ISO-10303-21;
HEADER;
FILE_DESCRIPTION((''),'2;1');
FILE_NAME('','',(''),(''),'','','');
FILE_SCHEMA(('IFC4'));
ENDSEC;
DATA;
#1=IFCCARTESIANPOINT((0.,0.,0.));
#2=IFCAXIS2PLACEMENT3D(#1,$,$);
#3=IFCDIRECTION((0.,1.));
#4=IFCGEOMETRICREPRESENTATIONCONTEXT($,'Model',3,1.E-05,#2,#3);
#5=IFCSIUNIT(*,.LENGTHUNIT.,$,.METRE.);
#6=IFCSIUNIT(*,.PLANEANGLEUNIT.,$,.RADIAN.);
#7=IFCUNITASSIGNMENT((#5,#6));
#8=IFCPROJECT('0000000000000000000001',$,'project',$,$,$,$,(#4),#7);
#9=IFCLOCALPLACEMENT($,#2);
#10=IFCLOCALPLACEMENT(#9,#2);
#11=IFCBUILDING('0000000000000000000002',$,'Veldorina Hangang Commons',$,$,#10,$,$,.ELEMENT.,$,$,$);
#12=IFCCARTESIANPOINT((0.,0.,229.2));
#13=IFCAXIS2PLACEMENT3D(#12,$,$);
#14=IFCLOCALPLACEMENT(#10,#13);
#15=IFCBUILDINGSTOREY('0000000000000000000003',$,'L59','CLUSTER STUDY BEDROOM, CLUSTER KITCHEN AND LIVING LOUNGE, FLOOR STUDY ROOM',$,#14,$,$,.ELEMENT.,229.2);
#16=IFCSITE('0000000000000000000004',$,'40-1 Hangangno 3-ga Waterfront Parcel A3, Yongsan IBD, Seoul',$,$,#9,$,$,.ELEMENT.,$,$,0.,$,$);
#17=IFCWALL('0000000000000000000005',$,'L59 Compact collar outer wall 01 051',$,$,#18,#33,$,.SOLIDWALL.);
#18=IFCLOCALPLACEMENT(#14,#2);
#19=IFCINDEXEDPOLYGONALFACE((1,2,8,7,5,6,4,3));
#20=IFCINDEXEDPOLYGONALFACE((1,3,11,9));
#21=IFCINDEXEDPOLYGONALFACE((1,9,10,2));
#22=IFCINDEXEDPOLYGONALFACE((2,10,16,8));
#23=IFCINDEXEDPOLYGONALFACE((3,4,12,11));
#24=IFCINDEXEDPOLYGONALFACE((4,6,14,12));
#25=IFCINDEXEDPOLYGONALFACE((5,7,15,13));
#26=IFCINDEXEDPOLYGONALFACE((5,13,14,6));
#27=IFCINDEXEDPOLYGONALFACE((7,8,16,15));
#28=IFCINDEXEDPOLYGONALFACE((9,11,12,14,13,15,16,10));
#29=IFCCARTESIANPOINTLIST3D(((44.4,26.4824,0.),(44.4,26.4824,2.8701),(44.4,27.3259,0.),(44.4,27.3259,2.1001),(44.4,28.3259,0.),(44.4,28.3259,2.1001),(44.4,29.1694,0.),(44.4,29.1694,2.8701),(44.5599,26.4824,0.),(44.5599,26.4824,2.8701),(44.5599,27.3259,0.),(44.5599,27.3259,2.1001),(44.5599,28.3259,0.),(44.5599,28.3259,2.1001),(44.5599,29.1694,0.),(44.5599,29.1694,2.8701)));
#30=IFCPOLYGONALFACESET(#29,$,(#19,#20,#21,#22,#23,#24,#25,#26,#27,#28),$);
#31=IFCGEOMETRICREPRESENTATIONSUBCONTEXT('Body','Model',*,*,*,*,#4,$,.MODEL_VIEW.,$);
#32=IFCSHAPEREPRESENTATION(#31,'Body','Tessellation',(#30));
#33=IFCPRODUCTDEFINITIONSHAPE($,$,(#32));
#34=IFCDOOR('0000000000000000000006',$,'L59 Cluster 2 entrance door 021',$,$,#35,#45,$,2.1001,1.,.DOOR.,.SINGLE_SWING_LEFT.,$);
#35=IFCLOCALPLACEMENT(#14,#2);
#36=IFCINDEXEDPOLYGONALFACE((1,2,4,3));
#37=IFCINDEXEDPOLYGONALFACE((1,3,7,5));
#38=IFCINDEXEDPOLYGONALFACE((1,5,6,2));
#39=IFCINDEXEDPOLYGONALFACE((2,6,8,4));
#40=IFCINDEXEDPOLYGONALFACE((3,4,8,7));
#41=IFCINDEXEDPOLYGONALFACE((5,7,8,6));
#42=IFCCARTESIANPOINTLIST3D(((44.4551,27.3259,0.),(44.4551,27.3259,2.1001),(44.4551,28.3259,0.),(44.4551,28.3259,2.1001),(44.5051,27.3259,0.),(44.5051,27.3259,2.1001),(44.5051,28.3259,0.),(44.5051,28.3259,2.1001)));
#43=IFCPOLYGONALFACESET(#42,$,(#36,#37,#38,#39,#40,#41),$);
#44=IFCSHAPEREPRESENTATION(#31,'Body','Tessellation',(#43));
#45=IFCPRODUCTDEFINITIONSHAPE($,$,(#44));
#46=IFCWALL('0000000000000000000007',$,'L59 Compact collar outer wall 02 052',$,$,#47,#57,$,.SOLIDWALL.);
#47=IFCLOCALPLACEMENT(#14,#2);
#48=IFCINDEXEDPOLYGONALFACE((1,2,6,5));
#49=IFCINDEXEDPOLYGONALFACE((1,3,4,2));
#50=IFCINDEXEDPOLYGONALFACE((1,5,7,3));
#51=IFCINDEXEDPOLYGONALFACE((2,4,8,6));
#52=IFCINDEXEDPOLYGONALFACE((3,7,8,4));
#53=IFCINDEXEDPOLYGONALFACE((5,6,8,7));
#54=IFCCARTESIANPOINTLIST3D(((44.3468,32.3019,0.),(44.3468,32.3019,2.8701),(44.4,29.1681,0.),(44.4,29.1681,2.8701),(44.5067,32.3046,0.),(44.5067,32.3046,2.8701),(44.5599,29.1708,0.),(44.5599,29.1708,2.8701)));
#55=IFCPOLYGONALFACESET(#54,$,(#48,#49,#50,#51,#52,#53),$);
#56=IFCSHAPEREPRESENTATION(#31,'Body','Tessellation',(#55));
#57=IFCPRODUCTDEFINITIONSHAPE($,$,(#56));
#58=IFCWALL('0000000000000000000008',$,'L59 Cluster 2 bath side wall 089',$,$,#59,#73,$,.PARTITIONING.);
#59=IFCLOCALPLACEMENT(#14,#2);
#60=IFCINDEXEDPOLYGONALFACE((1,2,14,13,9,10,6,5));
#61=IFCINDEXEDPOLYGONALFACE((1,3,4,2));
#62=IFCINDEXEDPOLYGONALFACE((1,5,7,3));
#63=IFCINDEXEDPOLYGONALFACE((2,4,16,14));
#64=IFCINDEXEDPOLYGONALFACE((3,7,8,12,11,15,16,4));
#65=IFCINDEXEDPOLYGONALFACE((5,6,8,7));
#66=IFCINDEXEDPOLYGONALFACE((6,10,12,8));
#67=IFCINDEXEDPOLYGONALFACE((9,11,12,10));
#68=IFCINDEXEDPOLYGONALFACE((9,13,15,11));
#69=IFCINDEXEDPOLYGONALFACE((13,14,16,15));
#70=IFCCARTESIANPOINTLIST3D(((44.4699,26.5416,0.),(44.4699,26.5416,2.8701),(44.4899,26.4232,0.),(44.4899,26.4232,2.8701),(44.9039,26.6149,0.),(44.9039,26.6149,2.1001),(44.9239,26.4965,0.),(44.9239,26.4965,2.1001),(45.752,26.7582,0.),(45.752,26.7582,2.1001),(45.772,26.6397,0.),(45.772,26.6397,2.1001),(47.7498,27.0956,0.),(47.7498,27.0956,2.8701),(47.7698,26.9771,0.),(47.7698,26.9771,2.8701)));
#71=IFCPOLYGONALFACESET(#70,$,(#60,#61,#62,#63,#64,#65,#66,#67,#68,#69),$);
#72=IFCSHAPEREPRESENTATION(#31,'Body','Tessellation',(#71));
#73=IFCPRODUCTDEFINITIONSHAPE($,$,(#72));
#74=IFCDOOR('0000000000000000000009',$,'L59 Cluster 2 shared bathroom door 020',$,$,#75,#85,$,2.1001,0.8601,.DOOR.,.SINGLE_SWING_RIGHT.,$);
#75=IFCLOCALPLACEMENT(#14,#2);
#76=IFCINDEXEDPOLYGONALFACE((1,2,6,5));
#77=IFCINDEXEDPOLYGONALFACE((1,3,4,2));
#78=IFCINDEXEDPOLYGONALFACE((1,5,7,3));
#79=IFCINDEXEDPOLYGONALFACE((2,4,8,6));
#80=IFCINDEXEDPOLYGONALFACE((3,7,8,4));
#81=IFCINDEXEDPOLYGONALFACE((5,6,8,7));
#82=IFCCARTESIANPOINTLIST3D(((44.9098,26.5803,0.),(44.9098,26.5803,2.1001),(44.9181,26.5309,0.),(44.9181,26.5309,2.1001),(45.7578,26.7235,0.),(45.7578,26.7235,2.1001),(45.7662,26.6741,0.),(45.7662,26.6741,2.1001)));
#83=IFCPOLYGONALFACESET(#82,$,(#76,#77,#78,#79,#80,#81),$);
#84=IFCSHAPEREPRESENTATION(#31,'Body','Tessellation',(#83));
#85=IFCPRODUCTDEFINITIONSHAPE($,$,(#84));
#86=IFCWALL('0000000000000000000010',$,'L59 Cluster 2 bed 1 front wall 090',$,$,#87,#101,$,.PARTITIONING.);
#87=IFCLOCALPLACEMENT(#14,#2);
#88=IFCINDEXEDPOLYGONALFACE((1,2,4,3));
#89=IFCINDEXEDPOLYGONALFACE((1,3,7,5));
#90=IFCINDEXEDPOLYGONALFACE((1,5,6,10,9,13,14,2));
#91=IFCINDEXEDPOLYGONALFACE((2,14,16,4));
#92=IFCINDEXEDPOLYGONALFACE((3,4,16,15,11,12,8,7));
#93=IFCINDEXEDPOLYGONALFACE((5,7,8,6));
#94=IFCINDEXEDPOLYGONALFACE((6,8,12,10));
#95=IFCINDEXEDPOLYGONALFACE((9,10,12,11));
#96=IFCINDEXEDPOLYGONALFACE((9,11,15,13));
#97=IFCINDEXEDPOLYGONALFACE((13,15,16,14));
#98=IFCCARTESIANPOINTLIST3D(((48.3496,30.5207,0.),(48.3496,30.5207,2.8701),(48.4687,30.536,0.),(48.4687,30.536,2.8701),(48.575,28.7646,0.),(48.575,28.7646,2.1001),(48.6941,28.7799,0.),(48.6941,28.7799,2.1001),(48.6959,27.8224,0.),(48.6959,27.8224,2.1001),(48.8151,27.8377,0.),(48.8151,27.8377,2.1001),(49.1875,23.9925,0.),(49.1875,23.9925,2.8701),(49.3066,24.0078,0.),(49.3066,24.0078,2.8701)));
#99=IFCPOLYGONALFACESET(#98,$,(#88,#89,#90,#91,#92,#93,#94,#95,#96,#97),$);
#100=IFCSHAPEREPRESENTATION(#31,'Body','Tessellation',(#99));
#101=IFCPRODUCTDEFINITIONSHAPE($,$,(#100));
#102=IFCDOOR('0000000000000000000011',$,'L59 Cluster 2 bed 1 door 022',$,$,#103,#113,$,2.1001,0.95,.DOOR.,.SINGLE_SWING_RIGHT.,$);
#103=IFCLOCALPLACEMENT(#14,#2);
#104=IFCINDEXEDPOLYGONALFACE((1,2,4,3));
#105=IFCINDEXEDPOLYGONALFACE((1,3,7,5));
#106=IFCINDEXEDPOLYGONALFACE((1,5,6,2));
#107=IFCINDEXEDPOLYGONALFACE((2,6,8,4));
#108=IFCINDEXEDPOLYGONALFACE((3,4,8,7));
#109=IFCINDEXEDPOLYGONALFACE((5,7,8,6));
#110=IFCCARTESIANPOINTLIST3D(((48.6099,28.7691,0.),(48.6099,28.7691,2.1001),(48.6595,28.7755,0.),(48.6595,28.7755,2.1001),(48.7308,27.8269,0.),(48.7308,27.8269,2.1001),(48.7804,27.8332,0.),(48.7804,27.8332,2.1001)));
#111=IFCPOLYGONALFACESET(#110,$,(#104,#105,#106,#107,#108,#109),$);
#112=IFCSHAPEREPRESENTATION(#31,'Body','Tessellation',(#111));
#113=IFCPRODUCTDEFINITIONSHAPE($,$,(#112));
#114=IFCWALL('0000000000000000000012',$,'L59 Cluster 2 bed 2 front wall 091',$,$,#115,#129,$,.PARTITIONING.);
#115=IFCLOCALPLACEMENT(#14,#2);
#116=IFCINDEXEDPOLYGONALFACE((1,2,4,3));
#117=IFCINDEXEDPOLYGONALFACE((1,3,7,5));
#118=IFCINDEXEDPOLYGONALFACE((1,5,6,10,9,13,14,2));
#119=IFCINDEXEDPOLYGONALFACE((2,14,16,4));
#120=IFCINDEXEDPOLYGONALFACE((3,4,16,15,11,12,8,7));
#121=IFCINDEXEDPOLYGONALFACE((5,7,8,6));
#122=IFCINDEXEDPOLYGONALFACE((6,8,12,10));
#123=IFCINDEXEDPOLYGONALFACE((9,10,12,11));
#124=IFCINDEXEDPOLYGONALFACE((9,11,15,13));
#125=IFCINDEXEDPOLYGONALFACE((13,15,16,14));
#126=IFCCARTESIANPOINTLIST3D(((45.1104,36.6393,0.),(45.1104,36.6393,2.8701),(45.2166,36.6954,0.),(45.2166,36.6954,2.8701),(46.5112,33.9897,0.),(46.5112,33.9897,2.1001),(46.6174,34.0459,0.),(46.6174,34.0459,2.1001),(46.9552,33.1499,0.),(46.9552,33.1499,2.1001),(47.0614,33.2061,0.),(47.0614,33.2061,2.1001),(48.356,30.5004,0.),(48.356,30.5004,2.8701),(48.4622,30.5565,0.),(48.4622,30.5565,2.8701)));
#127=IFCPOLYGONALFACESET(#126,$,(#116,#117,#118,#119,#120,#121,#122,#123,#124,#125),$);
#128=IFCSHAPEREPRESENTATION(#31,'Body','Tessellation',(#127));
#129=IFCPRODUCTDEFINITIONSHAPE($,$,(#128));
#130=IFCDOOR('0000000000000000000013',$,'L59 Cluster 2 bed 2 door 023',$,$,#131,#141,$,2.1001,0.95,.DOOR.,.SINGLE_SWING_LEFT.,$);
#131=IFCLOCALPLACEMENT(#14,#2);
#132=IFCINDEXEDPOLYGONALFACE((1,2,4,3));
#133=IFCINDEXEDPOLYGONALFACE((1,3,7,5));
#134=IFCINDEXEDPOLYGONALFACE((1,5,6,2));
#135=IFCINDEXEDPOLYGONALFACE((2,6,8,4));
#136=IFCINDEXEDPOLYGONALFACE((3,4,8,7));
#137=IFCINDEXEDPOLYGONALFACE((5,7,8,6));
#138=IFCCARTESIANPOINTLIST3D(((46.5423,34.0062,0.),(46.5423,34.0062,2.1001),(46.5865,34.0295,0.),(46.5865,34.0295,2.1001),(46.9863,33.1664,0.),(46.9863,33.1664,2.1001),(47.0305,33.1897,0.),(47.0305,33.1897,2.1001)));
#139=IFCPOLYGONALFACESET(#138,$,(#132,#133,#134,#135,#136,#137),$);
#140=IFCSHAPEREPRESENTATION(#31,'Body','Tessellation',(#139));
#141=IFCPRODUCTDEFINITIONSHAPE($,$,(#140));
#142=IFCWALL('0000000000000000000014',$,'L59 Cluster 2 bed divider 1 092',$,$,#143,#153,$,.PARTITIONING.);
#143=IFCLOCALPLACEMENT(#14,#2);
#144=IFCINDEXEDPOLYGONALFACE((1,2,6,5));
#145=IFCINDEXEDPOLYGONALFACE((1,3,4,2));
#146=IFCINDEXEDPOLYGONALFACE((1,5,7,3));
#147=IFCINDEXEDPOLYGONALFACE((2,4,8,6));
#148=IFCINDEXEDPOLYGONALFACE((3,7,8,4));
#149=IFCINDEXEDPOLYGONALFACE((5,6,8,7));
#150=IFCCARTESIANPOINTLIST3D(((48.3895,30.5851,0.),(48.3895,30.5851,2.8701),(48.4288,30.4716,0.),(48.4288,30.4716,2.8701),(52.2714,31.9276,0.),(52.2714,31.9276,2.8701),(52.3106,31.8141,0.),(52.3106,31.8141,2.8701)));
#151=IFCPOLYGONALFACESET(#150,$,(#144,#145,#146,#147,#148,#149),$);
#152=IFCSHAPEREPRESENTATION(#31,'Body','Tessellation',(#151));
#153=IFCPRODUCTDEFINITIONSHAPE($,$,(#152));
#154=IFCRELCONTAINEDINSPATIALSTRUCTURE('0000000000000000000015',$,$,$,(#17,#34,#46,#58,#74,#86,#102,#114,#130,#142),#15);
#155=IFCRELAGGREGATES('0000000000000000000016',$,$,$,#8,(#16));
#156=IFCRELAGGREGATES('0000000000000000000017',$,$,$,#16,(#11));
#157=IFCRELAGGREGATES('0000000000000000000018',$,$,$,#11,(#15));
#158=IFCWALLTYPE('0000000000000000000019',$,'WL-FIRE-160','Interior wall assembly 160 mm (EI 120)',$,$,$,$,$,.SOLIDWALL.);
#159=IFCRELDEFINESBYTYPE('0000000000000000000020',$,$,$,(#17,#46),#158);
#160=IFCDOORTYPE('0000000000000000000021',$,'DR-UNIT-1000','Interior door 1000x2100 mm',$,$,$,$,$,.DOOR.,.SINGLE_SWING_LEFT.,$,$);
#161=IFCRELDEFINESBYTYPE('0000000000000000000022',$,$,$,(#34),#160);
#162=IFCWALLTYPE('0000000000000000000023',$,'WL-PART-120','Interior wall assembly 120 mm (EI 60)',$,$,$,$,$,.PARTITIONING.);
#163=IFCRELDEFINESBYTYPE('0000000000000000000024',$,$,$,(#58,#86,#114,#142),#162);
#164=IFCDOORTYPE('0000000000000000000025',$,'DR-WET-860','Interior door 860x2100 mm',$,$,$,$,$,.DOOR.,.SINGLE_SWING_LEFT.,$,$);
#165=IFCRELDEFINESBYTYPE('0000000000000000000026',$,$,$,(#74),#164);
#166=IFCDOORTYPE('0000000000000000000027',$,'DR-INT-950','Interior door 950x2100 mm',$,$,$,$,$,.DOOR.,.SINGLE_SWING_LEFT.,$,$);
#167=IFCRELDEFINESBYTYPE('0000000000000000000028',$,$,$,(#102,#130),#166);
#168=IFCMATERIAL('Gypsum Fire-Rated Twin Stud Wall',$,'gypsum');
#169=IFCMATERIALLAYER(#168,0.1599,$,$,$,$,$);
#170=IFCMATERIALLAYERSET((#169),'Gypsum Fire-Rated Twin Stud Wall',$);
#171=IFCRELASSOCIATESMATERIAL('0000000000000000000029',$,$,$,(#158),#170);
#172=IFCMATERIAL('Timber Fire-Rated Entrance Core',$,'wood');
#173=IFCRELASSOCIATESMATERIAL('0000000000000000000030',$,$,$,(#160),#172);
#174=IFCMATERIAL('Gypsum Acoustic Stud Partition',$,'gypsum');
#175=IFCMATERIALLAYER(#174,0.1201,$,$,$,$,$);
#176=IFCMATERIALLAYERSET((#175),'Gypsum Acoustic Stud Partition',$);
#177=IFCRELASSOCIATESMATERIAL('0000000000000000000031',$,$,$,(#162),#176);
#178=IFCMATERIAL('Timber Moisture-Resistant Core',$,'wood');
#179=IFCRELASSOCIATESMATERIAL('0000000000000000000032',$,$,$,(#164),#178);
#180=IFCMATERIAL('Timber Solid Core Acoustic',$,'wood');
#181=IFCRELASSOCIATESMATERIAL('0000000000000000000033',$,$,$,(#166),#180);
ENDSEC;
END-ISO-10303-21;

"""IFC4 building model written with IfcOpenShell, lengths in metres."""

from ifc_helpers import new_model, si_unit, direction, frame, frame_2d, origin, place, context, subcontext, project, spatial, rectangle, extrude, material, layer, layer_set, type_object, element, fill, save


model = new_model("IFC4")

# Units and contexts
model_context = context("Model", 3, precision=1e-05, world=origin(), true_north=direction((0.0, 1.0)))
body_context = subcontext(model_context, "Body", "Model", "MODEL_VIEW")
ifc_project = project(units=[si_unit("LENGTHUNIT", "METRE"), si_unit("PLANEANGLEUNIT", "RADIAN")], contexts=[model_context])

# Site, building, storey
site_placement = place(None, origin())
site = spatial("IfcSite", under=ifc_project, at=site_placement, Name="40-1 Hangangno 3-ga Waterfront Parcel A3, Yongsan IBD, Seoul", CompositionType="ELEMENT", RefElevation=0.0)
building_placement = place(site_placement, origin())
building = spatial("IfcBuilding", under=site, at=building_placement, Name="Veldorina Hangang Commons", CompositionType="ELEMENT")
storey_placement = place(building_placement, frame((0.0, 0.0, 229.2)))
storey = spatial("IfcBuildingStorey", under=building, at=storey_placement, Name="L59", Description="CLUSTER STUDY BEDROOM, CLUSTER KITCHEN AND LIVING LOUNGE, FLOOR STUDY ROOM", CompositionType="ELEMENT", Elevation=229.2)

# Wall, opening, door
ifc_material_1 = material(Name="Gypsum Fire-Rated Twin Stud Wall", Category="gypsum")
ifc_layer_1 = layer(ifc_material_1, 0.1599)
ifc_layer_set_1 = layer_set([ifc_layer_1], Name="Gypsum Fire-Rated Twin Stud Wall")
wall_type_1 = type_object("IfcWallType", Name="WL-FIRE-160", Description="Interior wall assembly 160 mm (EI 120)", PredefinedType="SOLIDWALL", material=ifc_layer_set_1)
wall_1_placement = place(storey_placement, frame((44.48, 26.4824, 0.0), z_axis=(0.0, 0.0, 1.0), x_axis=(0.0, 1.0, 0.0)))
wall_1 = element("IfcWall", 1, at=wall_1_placement, inside=storey, type_object=wall_type_1, Name="L59 Compact collar outer wall 01 051", PredefinedType="SOLIDWALL", context=body_context, shape_type="SweptSolid", body=[
    extrude(rectangle(XDim=2.687, YDim=0.1599, at=frame_2d((1.3435, 0.0))), origin(), (0.0, 0.0, 1.0), 2.8701),
])
opening_1_placement = place(wall_1_placement, frame((0.8435, 0.0, 0.0)))
opening_1 = element("IfcOpeningElement", 2, at=opening_1_placement, cuts=wall_1, PredefinedType="OPENING", context=body_context, shape_type="SweptSolid", body=[
    extrude(rectangle(XDim=1.0, YDim=2.1001, at=frame_2d((0.5, 1.05))), frame((0.0, 0.0898, 0.0), z_axis=(0.0, -1.0, 0.0), x_axis=(1.0, 0.0, 0.0)), (0.0, 0.0, 1.0), 0.1799),
])
ifc_material_2 = material(Name="Timber Fire-Rated Entrance Core", Category="wood")
door_type_1 = type_object("IfcDoorType", Name="DR-UNIT-1000", Description="Interior door 1000x2100 mm", OperationType="SINGLE_SWING_LEFT", PredefinedType="DOOR", material=ifc_material_2)
door_1_placement = place(opening_1_placement, origin())
door_1 = element("IfcDoor", 3, at=door_1_placement, inside=storey, type_object=door_type_1, Name="L59 Cluster 2 entrance door 021", OperationType="SINGLE_SWING_LEFT", OverallHeight=2.1001, OverallWidth=1.0, PredefinedType="DOOR", context=body_context, shape_type="SweptSolid", body=[
    extrude(rectangle(XDim=1.0, YDim=2.1001, at=frame_2d((0.5, 1.05))), frame((0.0, 0.0249, 0.0), z_axis=(0.0, -1.0, 0.0), x_axis=(1.0, 0.0, 0.0)), (0.0, 0.0, 1.0), 0.05),
])
fill(opening_1, door_1)

# Wall
wall_2_placement = place(storey_placement, frame((44.48, 29.1694, 0.0), z_axis=(0.0, 0.0, 1.0), x_axis=(-0.016981, 0.999856, 0.0)))
element("IfcWall", 4, at=wall_2_placement, inside=storey, type_object=wall_type_1, Name="L59 Compact collar outer wall 02 052", PredefinedType="SOLIDWALL", context=body_context, shape_type="SweptSolid", body=[
    extrude(rectangle(XDim=3.1343, YDim=0.1599, at=frame_2d((1.5671, 0.0))), origin(), (0.0, 0.0, 1.0), 2.8701),
])

# Walls, openings, doors
ifc_material_3 = material(Name="Gypsum Acoustic Stud Partition", Category="gypsum")
ifc_layer_2 = layer(ifc_material_3, 0.1201)
ifc_layer_set_2 = layer_set([ifc_layer_2], Name="Gypsum Acoustic Stud Partition")
wall_type_2 = type_object("IfcWallType", Name="WL-PART-120", Description="Interior wall assembly 120 mm (EI 60)", PredefinedType="PARTITIONING", material=ifc_layer_set_2)
wall_3_placement = place(storey_placement, frame((44.48, 26.4824, 0.0), z_axis=(0.0, 0.0, 1.0), x_axis=(0.986037, 0.166529, 0.0)))
wall_3 = element("IfcWall", 5, at=wall_3_placement, inside=storey, type_object=wall_type_2, Name="L59 Cluster 2 bath side wall 089", PredefinedType="PARTITIONING", context=body_context, shape_type="SweptSolid", body=[
    extrude(rectangle(XDim=3.3264, YDim=0.1201, at=frame_2d((1.6631, 0.0))), origin(), (0.0, 0.0, 1.0), 2.8701),
])
opening_2_placement = place(wall_3_placement, frame((0.4399, 0.0, 0.0)))
opening_2 = element("IfcOpeningElement", 6, at=opening_2_placement, cuts=wall_3, PredefinedType="OPENING", context=body_context, shape_type="SweptSolid", body=[
    extrude(rectangle(XDim=0.8601, YDim=2.1001, at=frame_2d((0.4302, 1.05))), frame((0.0, 0.0701, 0.0), z_axis=(0.0, -1.0, 0.0), x_axis=(1.0, 0.0, 0.0)), (0.0, 0.0, 1.0), 0.1401),
])
ifc_material_4 = material(Name="Timber Moisture-Resistant Core", Category="wood")
door_type_2 = type_object("IfcDoorType", Name="DR-WET-860", Description="Interior door 860x2100 mm", OperationType="SINGLE_SWING_LEFT", PredefinedType="DOOR", material=ifc_material_4)
door_2_placement = place(opening_2_placement, origin())
door_2 = element("IfcDoor", 7, at=door_2_placement, inside=storey, type_object=door_type_2, Name="L59 Cluster 2 shared bathroom door 020", OperationType="SINGLE_SWING_RIGHT", OverallHeight=2.1001, OverallWidth=0.8601, PredefinedType="DOOR", context=body_context, shape_type="SweptSolid", body=[
    extrude(rectangle(XDim=0.8601, YDim=2.1001, at=frame_2d((0.4302, 1.05))), frame((0.0, 0.0249, 0.0), z_axis=(0.0, -1.0, 0.0), x_axis=(1.0, 0.0, 0.0)), (0.0, 0.0, 1.0), 0.05),
])
fill(opening_2, door_2)
wall_4_placement = place(storey_placement, frame((49.2471, 24.0, 0.0), z_axis=(0.0, 0.0, 1.0), x_axis=(-0.127303, 0.991864, 0.0)))
wall_4 = element("IfcWall", 8, at=wall_4_placement, inside=storey, type_object=wall_type_2, Name="L59 Cluster 2 bed 1 front wall 090", PredefinedType="PARTITIONING", context=body_context, shape_type="SweptSolid", body=[
    extrude(rectangle(XDim=6.5818, YDim=0.1201, at=frame_2d((3.291, 0.0))), origin(), (0.0, 0.0, 1.0), 2.8701),
])
opening_3_placement = place(wall_4_placement, frame((3.8613, 0.0, 0.0)))
opening_3 = element("IfcOpeningElement", 9, at=opening_3_placement, cuts=wall_4, PredefinedType="OPENING", context=body_context, shape_type="SweptSolid", body=[
    extrude(rectangle(XDim=0.95, YDim=2.1001, at=frame_2d((0.4751, 1.05))), frame((0.0, 0.0701, 0.0), z_axis=(0.0, -1.0, 0.0), x_axis=(1.0, 0.0, 0.0)), (0.0, 0.0, 1.0), 0.1401),
])
ifc_material_5 = material(Name="Timber Solid Core Acoustic", Category="wood")
door_type_3 = type_object("IfcDoorType", Name="DR-INT-950", Description="Interior door 950x2100 mm", OperationType="SINGLE_SWING_LEFT", PredefinedType="DOOR", material=ifc_material_5)
door_3_placement = place(opening_3_placement, origin())
door_3 = element("IfcDoor", 10, at=door_3_placement, inside=storey, type_object=door_type_3, Name="L59 Cluster 2 bed 1 door 022", OperationType="SINGLE_SWING_RIGHT", OverallHeight=2.1001, OverallWidth=0.95, PredefinedType="DOOR", context=body_context, shape_type="SweptSolid", body=[
    extrude(rectangle(XDim=0.95, YDim=2.1001, at=frame_2d((0.4751, 1.05))), frame((0.0, 0.0249, 0.0), z_axis=(0.0, -1.0, 0.0), x_axis=(1.0, 0.0, 0.0)), (0.0, 0.0, 1.0), 0.05),
])
fill(opening_3, door_3)
wall_5_placement = place(storey_placement, frame((48.4092, 30.5283, 0.0), z_axis=(0.0, 0.0, 1.0), x_axis=(-0.467392, 0.88405, 0.0)))
wall_5 = element("IfcWall", 11, at=wall_5_placement, inside=storey, type_object=wall_type_2, Name="L59 Cluster 2 bed 2 front wall 091", PredefinedType="PARTITIONING", context=body_context, shape_type="SweptSolid", body=[
    extrude(rectangle(XDim=6.9441, YDim=0.1201, at=frame_2d((3.4722, 0.0))), origin(), (0.0, 0.0, 1.0), 2.8701),
])
opening_4_placement = place(wall_5_placement, frame((2.9971, 0.0, 0.0)))
opening_4 = element("IfcOpeningElement", 12, at=opening_4_placement, cuts=wall_5, PredefinedType="OPENING", context=body_context, shape_type="SweptSolid", body=[
    extrude(rectangle(XDim=0.95, YDim=2.1001, at=frame_2d((0.4751, 1.05))), frame((0.0, 0.0701, 0.0), z_axis=(0.0, -1.0, 0.0), x_axis=(1.0, 0.0, 0.0)), (0.0, 0.0, 1.0), 0.1401),
])
door_4_placement = place(opening_4_placement, origin())
door_4 = element("IfcDoor", 13, at=door_4_placement, inside=storey, type_object=door_type_3, Name="L59 Cluster 2 bed 2 door 023", OperationType="SINGLE_SWING_LEFT", OverallHeight=2.1001, OverallWidth=0.95, PredefinedType="DOOR", context=body_context, shape_type="SweptSolid", body=[
    extrude(rectangle(XDim=0.95, YDim=2.1001, at=frame_2d((0.4751, 1.05))), frame((0.0, 0.0249, 0.0), z_axis=(0.0, -1.0, 0.0), x_axis=(1.0, 0.0, 0.0)), (0.0, 0.0, 1.0), 0.05),
])
fill(opening_4, door_4)

# Wall
wall_6_placement = place(storey_placement, frame((48.4092, 30.5283, 0.0), z_axis=(0.0, 0.0, 1.0), x_axis=(0.945075, 0.326853, 0.0)))
element("IfcWall", 14, at=wall_6_placement, inside=storey, type_object=wall_type_2, Name="L59 Cluster 2 bed divider 1 092", PredefinedType="PARTITIONING", context=body_context, shape_type="SweptSolid", body=[
    extrude(rectangle(XDim=4.1074, YDim=0.1201, at=frame_2d((2.0537, 0.0))), origin(), (0.0, 0.0, 1.0), 2.8701),
])

save(model, "model.ifc")
